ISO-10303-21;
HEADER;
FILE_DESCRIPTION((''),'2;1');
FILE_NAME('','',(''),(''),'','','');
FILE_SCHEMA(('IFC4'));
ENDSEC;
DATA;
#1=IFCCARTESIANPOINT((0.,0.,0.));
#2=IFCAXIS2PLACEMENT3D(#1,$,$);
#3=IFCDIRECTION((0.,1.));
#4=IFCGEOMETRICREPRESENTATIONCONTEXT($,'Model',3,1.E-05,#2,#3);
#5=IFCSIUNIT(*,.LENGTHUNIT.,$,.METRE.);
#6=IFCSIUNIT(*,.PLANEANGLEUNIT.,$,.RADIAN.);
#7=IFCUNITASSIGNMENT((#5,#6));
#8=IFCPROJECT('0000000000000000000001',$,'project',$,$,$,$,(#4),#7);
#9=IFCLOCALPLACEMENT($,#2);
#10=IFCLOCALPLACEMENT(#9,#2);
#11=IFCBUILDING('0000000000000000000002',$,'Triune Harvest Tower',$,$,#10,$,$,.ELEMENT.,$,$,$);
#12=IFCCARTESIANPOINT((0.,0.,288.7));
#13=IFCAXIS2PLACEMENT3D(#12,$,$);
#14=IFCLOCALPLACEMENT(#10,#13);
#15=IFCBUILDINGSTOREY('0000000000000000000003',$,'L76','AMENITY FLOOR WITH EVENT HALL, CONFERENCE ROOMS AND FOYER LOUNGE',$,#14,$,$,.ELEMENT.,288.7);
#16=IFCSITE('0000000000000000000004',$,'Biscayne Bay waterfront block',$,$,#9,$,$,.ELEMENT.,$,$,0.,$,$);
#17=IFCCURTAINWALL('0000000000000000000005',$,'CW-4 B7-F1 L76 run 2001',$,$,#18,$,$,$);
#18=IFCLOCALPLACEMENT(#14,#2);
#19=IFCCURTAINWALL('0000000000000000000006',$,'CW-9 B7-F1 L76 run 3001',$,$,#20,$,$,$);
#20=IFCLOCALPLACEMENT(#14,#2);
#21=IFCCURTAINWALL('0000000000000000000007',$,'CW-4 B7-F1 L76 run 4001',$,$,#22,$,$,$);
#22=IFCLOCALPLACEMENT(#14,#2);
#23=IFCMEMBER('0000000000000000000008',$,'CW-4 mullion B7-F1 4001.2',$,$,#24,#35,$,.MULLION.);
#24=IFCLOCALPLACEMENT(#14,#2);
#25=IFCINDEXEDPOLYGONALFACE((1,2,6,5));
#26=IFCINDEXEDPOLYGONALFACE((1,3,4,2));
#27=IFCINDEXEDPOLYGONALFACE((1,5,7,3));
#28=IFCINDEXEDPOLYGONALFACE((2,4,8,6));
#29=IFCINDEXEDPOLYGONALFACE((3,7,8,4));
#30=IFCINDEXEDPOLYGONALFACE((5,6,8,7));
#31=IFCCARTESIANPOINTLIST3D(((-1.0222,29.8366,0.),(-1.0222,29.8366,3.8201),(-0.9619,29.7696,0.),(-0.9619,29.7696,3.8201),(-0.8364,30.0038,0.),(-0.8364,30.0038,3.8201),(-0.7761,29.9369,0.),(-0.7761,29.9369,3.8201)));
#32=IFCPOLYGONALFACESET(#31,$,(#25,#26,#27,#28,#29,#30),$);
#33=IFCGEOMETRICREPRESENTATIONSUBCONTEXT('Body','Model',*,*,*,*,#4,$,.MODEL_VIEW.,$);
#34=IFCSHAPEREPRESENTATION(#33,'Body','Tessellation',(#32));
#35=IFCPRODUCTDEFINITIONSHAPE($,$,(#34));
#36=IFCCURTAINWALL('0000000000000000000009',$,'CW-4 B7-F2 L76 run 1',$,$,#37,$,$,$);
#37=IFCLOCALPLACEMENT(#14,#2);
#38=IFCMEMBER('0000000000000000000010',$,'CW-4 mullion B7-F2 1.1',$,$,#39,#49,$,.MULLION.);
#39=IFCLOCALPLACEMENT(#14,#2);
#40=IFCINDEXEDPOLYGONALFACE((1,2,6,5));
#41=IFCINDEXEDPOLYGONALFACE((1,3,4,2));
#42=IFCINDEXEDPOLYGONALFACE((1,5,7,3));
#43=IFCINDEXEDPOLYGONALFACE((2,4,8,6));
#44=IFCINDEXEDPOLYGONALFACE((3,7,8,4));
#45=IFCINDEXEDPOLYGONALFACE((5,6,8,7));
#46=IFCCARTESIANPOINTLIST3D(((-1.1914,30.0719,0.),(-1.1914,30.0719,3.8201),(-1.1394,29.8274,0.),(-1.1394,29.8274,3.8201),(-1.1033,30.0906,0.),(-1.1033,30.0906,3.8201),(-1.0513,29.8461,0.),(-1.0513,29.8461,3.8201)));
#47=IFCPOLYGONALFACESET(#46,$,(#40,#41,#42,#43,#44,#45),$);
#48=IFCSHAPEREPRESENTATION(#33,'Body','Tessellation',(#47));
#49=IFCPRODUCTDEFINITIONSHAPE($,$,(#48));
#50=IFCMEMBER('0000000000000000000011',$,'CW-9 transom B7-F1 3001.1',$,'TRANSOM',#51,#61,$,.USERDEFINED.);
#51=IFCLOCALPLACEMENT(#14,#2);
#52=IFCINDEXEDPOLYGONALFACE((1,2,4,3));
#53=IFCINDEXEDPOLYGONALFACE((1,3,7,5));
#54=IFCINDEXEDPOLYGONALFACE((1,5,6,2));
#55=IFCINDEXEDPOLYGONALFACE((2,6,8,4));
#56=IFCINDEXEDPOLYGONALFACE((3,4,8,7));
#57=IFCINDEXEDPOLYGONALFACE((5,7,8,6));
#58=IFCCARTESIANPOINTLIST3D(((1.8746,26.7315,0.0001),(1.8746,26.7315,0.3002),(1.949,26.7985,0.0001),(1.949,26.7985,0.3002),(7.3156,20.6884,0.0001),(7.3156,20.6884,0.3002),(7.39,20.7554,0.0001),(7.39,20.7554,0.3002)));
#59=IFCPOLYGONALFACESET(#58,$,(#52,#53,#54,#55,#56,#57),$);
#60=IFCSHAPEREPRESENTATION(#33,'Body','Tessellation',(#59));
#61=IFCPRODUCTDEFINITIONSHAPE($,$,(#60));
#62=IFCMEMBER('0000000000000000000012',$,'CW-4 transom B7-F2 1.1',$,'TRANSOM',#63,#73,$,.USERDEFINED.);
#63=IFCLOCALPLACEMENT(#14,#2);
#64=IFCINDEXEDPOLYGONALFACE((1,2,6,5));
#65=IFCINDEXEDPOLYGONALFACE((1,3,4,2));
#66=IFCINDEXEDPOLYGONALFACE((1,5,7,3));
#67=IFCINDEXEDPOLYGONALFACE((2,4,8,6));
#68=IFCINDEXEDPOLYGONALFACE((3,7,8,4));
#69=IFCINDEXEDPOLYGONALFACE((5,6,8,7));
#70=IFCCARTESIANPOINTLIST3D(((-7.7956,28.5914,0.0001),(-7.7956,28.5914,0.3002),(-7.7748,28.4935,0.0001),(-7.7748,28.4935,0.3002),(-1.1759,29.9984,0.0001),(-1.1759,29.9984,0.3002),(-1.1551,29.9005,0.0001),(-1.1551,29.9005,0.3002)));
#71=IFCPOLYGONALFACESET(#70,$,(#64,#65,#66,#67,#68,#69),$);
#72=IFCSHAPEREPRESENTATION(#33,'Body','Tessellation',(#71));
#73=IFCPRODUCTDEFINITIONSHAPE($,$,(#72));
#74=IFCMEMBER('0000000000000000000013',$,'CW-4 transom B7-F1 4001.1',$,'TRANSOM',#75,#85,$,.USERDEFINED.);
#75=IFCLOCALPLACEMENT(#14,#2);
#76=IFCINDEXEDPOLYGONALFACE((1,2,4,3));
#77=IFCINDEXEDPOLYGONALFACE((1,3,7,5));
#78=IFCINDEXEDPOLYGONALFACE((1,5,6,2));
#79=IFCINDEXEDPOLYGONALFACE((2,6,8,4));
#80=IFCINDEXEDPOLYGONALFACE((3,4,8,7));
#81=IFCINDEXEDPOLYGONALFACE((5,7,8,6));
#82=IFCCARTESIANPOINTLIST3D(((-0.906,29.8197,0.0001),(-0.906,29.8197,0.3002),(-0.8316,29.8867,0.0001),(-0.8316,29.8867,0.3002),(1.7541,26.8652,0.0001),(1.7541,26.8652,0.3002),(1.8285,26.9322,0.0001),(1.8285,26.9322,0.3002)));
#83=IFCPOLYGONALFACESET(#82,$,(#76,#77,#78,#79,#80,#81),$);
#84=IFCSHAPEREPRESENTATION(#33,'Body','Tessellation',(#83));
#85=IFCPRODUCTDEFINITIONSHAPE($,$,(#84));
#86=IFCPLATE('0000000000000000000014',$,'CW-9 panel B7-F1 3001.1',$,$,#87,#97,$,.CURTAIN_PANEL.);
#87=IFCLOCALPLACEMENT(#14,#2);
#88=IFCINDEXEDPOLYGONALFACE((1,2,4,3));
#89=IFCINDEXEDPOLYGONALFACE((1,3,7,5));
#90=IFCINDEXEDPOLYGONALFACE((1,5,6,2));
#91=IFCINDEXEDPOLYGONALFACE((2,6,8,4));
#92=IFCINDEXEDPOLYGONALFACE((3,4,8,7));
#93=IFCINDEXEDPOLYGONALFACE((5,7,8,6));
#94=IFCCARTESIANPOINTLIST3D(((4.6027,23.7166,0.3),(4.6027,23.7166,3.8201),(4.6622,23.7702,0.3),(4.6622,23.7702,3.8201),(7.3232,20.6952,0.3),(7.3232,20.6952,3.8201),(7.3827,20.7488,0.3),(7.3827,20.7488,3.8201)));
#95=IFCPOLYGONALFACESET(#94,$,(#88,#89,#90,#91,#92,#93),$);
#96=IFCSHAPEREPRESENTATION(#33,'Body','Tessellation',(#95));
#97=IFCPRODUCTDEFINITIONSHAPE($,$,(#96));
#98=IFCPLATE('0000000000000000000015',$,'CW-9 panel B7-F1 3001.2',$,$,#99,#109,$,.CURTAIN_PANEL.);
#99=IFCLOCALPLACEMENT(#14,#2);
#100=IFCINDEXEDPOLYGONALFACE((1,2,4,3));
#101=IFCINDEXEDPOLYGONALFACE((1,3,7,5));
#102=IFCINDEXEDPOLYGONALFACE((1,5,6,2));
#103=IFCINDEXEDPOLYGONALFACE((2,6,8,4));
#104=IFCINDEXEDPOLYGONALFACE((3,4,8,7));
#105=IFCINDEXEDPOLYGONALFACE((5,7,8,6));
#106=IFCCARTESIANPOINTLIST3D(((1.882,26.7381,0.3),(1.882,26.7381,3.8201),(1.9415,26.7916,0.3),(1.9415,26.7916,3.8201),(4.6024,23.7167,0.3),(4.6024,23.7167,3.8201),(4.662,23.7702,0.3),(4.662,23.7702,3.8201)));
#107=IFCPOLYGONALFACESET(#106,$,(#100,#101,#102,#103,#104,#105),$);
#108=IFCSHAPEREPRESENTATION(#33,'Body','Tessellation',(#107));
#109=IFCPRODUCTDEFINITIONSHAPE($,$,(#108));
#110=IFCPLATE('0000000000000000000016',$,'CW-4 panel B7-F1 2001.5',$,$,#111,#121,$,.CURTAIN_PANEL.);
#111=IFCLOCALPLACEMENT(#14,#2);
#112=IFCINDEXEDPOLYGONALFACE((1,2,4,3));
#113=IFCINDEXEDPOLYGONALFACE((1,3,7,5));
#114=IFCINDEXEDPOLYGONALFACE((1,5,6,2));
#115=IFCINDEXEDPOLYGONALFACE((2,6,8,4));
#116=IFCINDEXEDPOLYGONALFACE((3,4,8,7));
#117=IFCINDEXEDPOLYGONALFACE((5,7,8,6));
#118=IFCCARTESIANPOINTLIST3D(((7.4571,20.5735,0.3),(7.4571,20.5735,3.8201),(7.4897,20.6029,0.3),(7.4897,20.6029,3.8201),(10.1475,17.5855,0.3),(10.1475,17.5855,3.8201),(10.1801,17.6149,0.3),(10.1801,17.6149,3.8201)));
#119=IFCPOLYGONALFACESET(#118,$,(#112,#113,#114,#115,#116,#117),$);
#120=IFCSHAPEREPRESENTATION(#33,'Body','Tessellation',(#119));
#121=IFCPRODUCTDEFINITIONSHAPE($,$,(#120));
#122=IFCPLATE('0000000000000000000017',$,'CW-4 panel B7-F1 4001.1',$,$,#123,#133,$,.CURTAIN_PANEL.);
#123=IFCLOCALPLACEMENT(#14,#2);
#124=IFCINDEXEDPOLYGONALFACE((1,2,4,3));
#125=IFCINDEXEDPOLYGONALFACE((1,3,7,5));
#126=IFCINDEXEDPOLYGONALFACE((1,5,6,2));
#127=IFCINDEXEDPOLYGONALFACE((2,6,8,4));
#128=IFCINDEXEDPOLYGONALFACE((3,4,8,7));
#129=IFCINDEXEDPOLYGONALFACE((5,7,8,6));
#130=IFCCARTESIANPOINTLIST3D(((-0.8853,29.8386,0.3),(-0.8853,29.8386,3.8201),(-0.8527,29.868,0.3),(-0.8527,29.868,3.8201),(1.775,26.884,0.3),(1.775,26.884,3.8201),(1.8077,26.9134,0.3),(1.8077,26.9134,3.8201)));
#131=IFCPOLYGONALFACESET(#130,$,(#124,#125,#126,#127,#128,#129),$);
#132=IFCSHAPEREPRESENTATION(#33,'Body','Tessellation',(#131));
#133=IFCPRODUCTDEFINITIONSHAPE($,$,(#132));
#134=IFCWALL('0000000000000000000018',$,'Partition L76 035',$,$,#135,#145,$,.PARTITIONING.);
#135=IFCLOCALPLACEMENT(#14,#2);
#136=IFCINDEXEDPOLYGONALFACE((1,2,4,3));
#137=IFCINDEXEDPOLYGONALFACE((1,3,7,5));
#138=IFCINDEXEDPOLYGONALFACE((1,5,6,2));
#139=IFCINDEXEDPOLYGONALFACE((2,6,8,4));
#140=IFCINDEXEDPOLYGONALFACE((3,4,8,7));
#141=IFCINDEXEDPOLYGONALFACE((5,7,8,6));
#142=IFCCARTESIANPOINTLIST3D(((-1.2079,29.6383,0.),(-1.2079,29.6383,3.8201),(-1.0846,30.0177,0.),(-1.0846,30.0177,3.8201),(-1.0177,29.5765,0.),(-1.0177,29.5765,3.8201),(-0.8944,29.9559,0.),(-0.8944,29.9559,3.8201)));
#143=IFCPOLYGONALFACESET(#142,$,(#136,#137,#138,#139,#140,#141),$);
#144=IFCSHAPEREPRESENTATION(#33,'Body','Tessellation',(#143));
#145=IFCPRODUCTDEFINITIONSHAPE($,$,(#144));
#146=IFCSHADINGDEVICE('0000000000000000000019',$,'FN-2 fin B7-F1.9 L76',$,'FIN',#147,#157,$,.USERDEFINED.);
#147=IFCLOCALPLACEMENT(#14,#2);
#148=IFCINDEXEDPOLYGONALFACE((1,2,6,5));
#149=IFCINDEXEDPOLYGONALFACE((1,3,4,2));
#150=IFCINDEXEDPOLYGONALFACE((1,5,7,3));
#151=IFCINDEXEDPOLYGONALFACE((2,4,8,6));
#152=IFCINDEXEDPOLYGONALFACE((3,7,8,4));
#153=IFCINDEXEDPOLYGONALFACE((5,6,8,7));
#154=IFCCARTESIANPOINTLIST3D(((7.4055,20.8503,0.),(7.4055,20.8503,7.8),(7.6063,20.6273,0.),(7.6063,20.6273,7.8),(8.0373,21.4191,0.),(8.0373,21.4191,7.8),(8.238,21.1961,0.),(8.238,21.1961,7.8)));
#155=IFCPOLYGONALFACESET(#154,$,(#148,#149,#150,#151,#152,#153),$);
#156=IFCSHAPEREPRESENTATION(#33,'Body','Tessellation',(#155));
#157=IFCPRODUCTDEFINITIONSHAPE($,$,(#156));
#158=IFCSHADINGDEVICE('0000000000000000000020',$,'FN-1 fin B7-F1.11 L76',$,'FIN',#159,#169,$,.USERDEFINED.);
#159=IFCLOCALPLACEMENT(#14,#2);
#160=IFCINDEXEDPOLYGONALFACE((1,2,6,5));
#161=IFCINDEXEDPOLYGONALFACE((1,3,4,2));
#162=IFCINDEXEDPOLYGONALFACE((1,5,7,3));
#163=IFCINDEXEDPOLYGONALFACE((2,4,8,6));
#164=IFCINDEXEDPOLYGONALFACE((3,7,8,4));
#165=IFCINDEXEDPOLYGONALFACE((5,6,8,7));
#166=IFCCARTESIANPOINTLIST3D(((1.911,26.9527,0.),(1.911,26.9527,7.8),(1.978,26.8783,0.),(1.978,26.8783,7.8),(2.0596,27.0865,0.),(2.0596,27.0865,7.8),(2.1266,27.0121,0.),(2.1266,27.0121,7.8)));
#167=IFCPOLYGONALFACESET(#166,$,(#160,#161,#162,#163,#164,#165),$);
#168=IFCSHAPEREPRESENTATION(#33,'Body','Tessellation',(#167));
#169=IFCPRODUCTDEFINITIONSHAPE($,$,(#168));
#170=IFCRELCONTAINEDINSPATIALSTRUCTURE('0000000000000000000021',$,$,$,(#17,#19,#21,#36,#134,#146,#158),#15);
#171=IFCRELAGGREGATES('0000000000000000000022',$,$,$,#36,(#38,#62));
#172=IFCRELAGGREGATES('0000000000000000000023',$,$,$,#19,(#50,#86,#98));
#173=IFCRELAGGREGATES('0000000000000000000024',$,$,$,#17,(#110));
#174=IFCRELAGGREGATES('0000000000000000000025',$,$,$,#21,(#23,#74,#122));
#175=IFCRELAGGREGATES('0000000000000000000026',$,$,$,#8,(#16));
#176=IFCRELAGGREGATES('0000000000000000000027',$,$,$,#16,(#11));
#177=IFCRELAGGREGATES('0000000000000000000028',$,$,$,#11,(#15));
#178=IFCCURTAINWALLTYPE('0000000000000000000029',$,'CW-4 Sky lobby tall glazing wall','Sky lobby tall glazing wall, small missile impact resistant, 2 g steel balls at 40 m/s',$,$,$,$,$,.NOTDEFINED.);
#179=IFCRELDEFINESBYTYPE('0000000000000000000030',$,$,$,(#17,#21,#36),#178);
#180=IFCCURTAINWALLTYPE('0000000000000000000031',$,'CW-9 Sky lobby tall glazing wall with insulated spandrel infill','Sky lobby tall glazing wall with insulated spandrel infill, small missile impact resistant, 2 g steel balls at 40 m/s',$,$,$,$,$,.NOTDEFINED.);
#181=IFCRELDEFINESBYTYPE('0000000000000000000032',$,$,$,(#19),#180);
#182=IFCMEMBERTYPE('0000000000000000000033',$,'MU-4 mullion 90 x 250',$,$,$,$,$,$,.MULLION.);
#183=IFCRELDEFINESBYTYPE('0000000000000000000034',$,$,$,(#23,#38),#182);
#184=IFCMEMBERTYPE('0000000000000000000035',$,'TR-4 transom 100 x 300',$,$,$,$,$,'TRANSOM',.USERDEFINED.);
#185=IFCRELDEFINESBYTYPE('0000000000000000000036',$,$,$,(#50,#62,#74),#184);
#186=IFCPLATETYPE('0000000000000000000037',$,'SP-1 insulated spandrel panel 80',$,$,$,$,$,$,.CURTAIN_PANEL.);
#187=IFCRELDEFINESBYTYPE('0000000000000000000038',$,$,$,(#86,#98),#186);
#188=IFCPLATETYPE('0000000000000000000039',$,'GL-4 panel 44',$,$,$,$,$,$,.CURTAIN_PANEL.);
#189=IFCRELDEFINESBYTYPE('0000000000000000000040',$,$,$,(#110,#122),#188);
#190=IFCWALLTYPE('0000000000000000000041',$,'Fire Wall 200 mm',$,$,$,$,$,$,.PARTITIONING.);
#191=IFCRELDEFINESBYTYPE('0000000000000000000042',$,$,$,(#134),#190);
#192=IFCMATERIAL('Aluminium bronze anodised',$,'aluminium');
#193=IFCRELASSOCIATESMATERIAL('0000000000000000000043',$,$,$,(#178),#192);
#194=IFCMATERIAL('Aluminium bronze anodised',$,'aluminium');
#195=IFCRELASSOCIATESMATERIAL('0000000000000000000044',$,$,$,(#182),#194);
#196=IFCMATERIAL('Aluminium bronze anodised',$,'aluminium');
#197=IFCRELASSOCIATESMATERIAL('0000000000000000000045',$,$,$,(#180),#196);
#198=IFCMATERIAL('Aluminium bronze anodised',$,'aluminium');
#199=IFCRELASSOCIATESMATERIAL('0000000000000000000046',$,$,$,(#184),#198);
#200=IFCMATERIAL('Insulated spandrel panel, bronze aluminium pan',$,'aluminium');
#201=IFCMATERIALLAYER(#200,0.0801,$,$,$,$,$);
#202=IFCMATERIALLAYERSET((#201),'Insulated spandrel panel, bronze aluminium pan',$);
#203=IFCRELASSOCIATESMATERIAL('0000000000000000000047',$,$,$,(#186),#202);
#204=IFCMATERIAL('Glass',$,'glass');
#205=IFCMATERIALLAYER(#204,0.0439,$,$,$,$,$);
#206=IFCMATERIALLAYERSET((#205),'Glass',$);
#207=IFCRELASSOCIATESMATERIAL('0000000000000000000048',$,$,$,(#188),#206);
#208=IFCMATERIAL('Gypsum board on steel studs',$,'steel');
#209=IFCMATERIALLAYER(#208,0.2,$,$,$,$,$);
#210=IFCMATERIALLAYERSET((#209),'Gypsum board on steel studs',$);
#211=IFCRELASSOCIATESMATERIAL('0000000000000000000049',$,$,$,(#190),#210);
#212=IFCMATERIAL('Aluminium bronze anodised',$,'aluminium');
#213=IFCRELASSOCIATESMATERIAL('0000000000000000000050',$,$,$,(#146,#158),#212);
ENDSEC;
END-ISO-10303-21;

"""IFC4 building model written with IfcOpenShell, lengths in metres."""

from ifc_helpers import new_model, si_unit, direction, frame, frame_2d, origin, origin_2d, place, context, subcontext, project, spatial, rectangle, extrude, source, transform, mapped, material, layer, layer_set, material_profile, profile_set, type_object, element, aggregate, save


model = new_model("IFC4")

# Units and contexts
model_context = context("Model", 3, precision=1e-05, world=origin(), true_north=direction((0.0, 1.0)))
body_context = subcontext(model_context, "Body", "Model", "MODEL_VIEW")
ifc_project = project(units=[si_unit("LENGTHUNIT", "METRE"), si_unit("PLANEANGLEUNIT", "RADIAN")], contexts=[model_context])

# Site, building, storey
site_placement = place(None, origin())
site = spatial("IfcSite", under=ifc_project, at=site_placement, Name="Biscayne Bay waterfront block", CompositionType="ELEMENT", RefElevation=0.0)
building_placement = place(site_placement, origin())
building = spatial("IfcBuilding", under=site, at=building_placement, Name="Triune Harvest Tower", CompositionType="ELEMENT")
storey_placement = place(building_placement, frame((0.0, 0.0, 288.7)))
storey = spatial("IfcBuildingStorey", under=building, at=storey_placement, Name="L76", Description="AMENITY FLOOR WITH EVENT HALL, CONFERENCE ROOMS AND FOYER LOUNGE", CompositionType="ELEMENT", Elevation=288.7)

# Curtain wall
ifc_material_1 = material(Name="Aluminium bronze anodised", Category="aluminium")
curtain_wall_type_1 = type_object("IfcCurtainWallType", Name="CW-4 Sky lobby tall glazing wall", Description="Sky lobby tall glazing wall, small missile impact resistant, 2 g steel balls at 40 m/s", PredefinedType="NOTDEFINED", material=ifc_material_1)
curtain_wall_1_placement = place(storey_placement, origin())
curtain_wall_1 = element("IfcCurtainWall", 1, at=curtain_wall_1_placement, inside=storey, type_object=curtain_wall_type_1, Name="CW-4 B7-F1 L76 run 2001")
ifc_material_2 = material(Name="Aluminium bronze anodised", Category="aluminium")
ifc_material_profile_1 = material_profile(ifc_material_2, rectangle(XDim=0.25, YDim=0.0901, at=origin_2d()), Name="MU-4 mullion 90 x 250")
ifc_profile_set_1 = profile_set([ifc_material_profile_1], Name="Aluminium bronze anodised")
member_type_1 = type_object("IfcMemberType", Name="MU-4 mullion 90 x 250", PredefinedType="MULLION", material=ifc_profile_set_1)
shared_shape_1 = source(origin(), body_context, "Body", "SweptSolid", [
    extrude(rectangle(XDim=0.25, YDim=0.0901, at=origin_2d()), origin(), (0.0, 0.0, 1.0), 3.8201),
])

# Curtain walls, member
ifc_material_3 = material(Name="Aluminium bronze anodised", Category="aluminium")
curtain_wall_type_2 = type_object("IfcCurtainWallType", Name="CW-9 Sky lobby tall glazing wall with insulated spandrel infill", Description="Sky lobby tall glazing wall with insulated spandrel infill, small missile impact resistant, 2 g steel balls at 40 m/s", PredefinedType="NOTDEFINED", material=ifc_material_3)
curtain_wall_2_placement = place(storey_placement, origin())
curtain_wall_2 = element("IfcCurtainWall", 2, at=curtain_wall_2_placement, inside=storey, type_object=curtain_wall_type_2, Name="CW-9 B7-F1 L76 run 3001")
curtain_wall_3_placement = place(storey_placement, origin())
curtain_wall_3 = element("IfcCurtainWall", 3, at=curtain_wall_3_placement, inside=storey, type_object=curtain_wall_type_1, Name="CW-4 B7-F1 L76 run 4001")
member_1_placement = place(storey_placement, frame((-0.8992, 29.8867, 0.0), z_axis=(0.0, 0.0, 1.0), x_axis=(-0.743139, -0.669137, 0.0)))
member_1 = element("IfcMember", 4, at=member_1_placement, type_object=member_type_1, Name="CW-4 mullion B7-F1 4001.2", PredefinedType="MULLION", context=body_context, shape_type="MappedRepresentation", body=[
    mapped(shared_shape_1, transform((0.0, 0.0, 0.0), scale=1.0)),
])

# Curtain wall, member
curtain_wall_4_placement = place(storey_placement, origin())
curtain_wall_4 = element("IfcCurtainWall", 5, at=curtain_wall_4_placement, inside=storey, type_object=curtain_wall_type_1, Name="CW-4 B7-F2 L76 run 1")
member_2_placement = place(storey_placement, frame((-1.1213, 29.959, 0.0), z_axis=(0.0, 0.0, 1.0), x_axis=(0.207905, -0.978149, 0.0)))
member_2 = element("IfcMember", 6, at=member_2_placement, type_object=member_type_1, Name="CW-4 mullion B7-F2 1.1", PredefinedType="MULLION", context=body_context, shape_type="MappedRepresentation", body=[
    mapped(shared_shape_1, transform((0.0, 0.0, 0.0), scale=1.0)),
])

# Members
ifc_material_4 = material(Name="Aluminium bronze anodised", Category="aluminium")
ifc_material_profile_2 = material_profile(ifc_material_4, rectangle(XDim=0.1001, YDim=0.3, at=origin_2d()), Name="TR-4 transom 100 x 300")
ifc_profile_set_2 = profile_set([ifc_material_profile_2], Name="Aluminium bronze anodised")
member_type_2 = type_object("IfcMemberType", Name="TR-4 transom 100 x 300", ElementType="TRANSOM", PredefinedType="USERDEFINED", material=ifc_profile_set_2)
shared_shape_2 = source(origin(), body_context, "Body", "SweptSolid", [
    extrude(rectangle(XDim=0.1001, YDim=0.3, at=origin_2d()), origin(), (0.0, 0.0, 1.0), 8.1316),
])
member_3_placement = place(storey_placement, frame((7.3528, 20.7219, 0.1501), z_axis=(-0.669117, 0.743157, 0.0), x_axis=(-0.743157, -0.669117, 0.0)))
member_3 = element("IfcMember", 7, at=member_3_placement, type_object=member_type_2, Name="CW-9 transom B7-F1 3001.1", ObjectType="TRANSOM", PredefinedType="USERDEFINED", context=body_context, shape_type="MappedRepresentation", body=[
    mapped(shared_shape_2, transform((0.0, 0.0, 0.0), scale=1.0)),
])
shared_shape_3 = source(origin(), body_context, "Body", "SweptSolid", [
    extrude(rectangle(XDim=0.1001, YDim=0.3, at=origin_2d()), origin(), (0.0, 0.0, 1.0), 6.7676),
])
member_4_placement = place(storey_placement, frame((-1.1655, 29.9495, 0.1501), z_axis=(-0.978149, -0.207903, 0.0), x_axis=(0.207903, -0.978149, 0.0)))
member_4 = element("IfcMember", 8, at=member_4_placement, type_object=member_type_2, Name="CW-4 transom B7-F2 1.1", ObjectType="TRANSOM", PredefinedType="USERDEFINED", context=body_context, shape_type="MappedRepresentation", body=[
    mapped(shared_shape_3, transform((0.0, 0.0, 0.0), scale=1.0)),
])
aggregate(curtain_wall_4, [member_2, member_4])
shared_shape_4 = source(origin(), body_context, "Body", "SweptSolid", [
    extrude(rectangle(XDim=0.1001, YDim=0.3, at=origin_2d()), origin(), (0.0, 0.0, 1.0), 3.9756),
])
member_5_placement = place(storey_placement, frame((1.7913, 26.8987, 0.1501), z_axis=(-0.669107, 0.743166, 0.0), x_axis=(-0.743166, -0.669107, 0.0)))
member_5 = element("IfcMember", 9, at=member_5_placement, type_object=member_type_2, Name="CW-4 transom B7-F1 4001.1", ObjectType="TRANSOM", PredefinedType="USERDEFINED", context=body_context, shape_type="MappedRepresentation", body=[
    mapped(shared_shape_4, transform((0.0, 0.0, 0.0), scale=1.0)),
])

# Plates
ifc_material_5 = material(Name="Insulated spandrel panel, bronze aluminium pan", Category="aluminium")
ifc_layer_1 = layer(ifc_material_5, 0.0801)
ifc_layer_set_1 = layer_set([ifc_layer_1], Name="Insulated spandrel panel, bronze aluminium pan")
plate_type_1 = type_object("IfcPlateType", Name="SP-1 insulated spandrel panel 80", PredefinedType="CURTAIN_PANEL", material=ifc_layer_set_1)
shared_shape_5 = source(origin(), body_context, "Body", "SweptSolid", [
    extrude(rectangle(XDim=4.0657, YDim=0.0801, at=origin_2d()), origin(), (0.0, 0.0, 1.0), 3.52),
])
plate_1_placement = place(storey_placement, frame((5.9927, 22.2327, 0.3), z_axis=(0.0, 0.0, 1.0), x_axis=(-0.669129, 0.743146, 0.0)))
plate_1 = element("IfcPlate", 10, at=plate_1_placement, type_object=plate_type_1, Name="CW-9 panel B7-F1 3001.1", PredefinedType="CURTAIN_PANEL", context=body_context, shape_type="MappedRepresentation", body=[
    mapped(shared_shape_5, transform((0.0, 0.0, 0.0), scale=1.0)),
])
plate_2_placement = place(storey_placement, frame((3.272, 25.2542, 0.3), z_axis=(0.0, 0.0, 1.0), x_axis=(-0.669129, 0.743146, 0.0)))
plate_2 = element("IfcPlate", 11, at=plate_2_placement, type_object=plate_type_1, Name="CW-9 panel B7-F1 3001.2", PredefinedType="CURTAIN_PANEL", context=body_context, shape_type="MappedRepresentation", body=[
    mapped(shared_shape_5, transform((0.0, 0.0, 0.0), scale=1.0)),
])
aggregate(curtain_wall_2, [member_3, plate_1, plate_2])
ifc_material_6 = material(Name="Glass", Category="glass")
ifc_layer_2 = layer(ifc_material_6, 0.0439)
ifc_layer_set_2 = layer_set([ifc_layer_2], Name="Glass")
plate_type_2 = type_object("IfcPlateType", Name="GL-4 panel 44", PredefinedType="CURTAIN_PANEL", material=ifc_layer_set_2)
shared_shape_6 = source(origin(), body_context, "Body", "SweptSolid", [
    extrude(rectangle(XDim=4.0208, YDim=0.0439, at=origin_2d()), origin(), (0.0, 0.0, 1.0), 3.52),
])
plate_3_placement = place(storey_placement, frame((8.8186, 19.0942, 0.3), z_axis=(0.0, 0.0, 1.0), x_axis=(-0.669131, 0.743144, 0.0)))
plate_3 = element("IfcPlate", 12, at=plate_3_placement, type_object=plate_type_2, Name="CW-4 panel B7-F1 2001.5", PredefinedType="CURTAIN_PANEL", context=body_context, shape_type="MappedRepresentation", body=[
    mapped(shared_shape_6, transform((0.0, 0.0, 0.0), scale=1.0)),
])
aggregate(curtain_wall_1, [plate_3])
shared_shape_7 = source(origin(), body_context, "Body", "SweptSolid", [
    extrude(rectangle(XDim=3.9758, YDim=0.0439, at=origin_2d()), origin(), (0.0, 0.0, 1.0), 3.52),
])
plate_4_placement = place(storey_placement, frame((0.4612, 28.376, 0.3), z_axis=(0.0, 0.0, 1.0), x_axis=(-0.669137, 0.743139, 0.0)))
plate_4 = element("IfcPlate", 13, at=plate_4_placement, type_object=plate_type_2, Name="CW-4 panel B7-F1 4001.1", PredefinedType="CURTAIN_PANEL", context=body_context, shape_type="MappedRepresentation", body=[
    mapped(shared_shape_7, transform((0.0, 0.0, 0.0), scale=1.0)),
])
aggregate(curtain_wall_3, [member_1, member_5, plate_4])

# Wall
ifc_material_7 = material(Name="Gypsum board on steel studs", Category="steel")
ifc_layer_3 = layer(ifc_material_7, 0.2)
ifc_layer_set_3 = layer_set([ifc_layer_3], Name="Gypsum board on steel studs")
wall_type = type_object("IfcWallType", Name="Fire Wall 200 mm", PredefinedType="PARTITIONING", material=ifc_layer_set_3)
shared_shape_8 = source(origin(), body_context, "Body", "SweptSolid", [
    extrude(rectangle(XDim=0.3989, YDim=0.2, at=frame_2d((0.1995, 0.0))), origin(), (0.0, 0.0, 1.0), 3.8201),
])
wall_placement = place(storey_placement, frame((-1.1128, 29.6074, 0.0), z_axis=(0.0, 0.0, 1.0), x_axis=(0.309058, 0.951043, 0.0)))
element("IfcWall", 14, at=wall_placement, inside=storey, type_object=wall_type, Name="Partition L76 035", PredefinedType="PARTITIONING", context=body_context, shape_type="MappedRepresentation", body=[
    mapped(shared_shape_8, transform((0.0, 0.0, 0.0), scale=1.0)),
])

# Shading devices
ifc_material_8 = material(Name="Aluminium bronze anodised", Category="aluminium")
shared_shape_9 = source(origin(), body_context, "Body", "SweptSolid", [
    extrude(rectangle(XDim=0.3, YDim=0.8501, at=origin_2d()), origin(), (0.0, 0.0, 1.0), 7.8),
])
shading_device_1_placement = place(storey_placement, frame((7.8218, 21.0232, 0.0), z_axis=(0.0, 0.0, 1.0), x_axis=(-0.669131, 0.743144, 0.0)))
element("IfcShadingDevice", 15, at=shading_device_1_placement, inside=storey, material=ifc_material_8, Name="FN-2 fin B7-F1.9 L76", ObjectType="FIN", PredefinedType="USERDEFINED", context=body_context, shape_type="MappedRepresentation", body=[
    mapped(shared_shape_9, transform((0.0, 0.0, 0.0), scale=1.0)),
])
shared_shape_10 = source(origin(), body_context, "Body", "SweptSolid", [
    extrude(rectangle(XDim=0.1001, YDim=0.2, at=origin_2d()), origin(), (0.0, 0.0, 1.0), 7.8),
])
shading_device_2_placement = place(storey_placement, frame((2.0188, 26.9824, 0.0), z_axis=(0.0, 0.0, 1.0), x_axis=(-0.669131, 0.743144, 0.0)))
element("IfcShadingDevice", 16, at=shading_device_2_placement, inside=storey, material=ifc_material_8, Name="FN-1 fin B7-F1.11 L76", ObjectType="FIN", PredefinedType="USERDEFINED", context=body_context, shape_type="MappedRepresentation", body=[
    mapped(shared_shape_10, transform((0.0, 0.0, 0.0), scale=1.0)),
])

save(model, "model.ifc")
